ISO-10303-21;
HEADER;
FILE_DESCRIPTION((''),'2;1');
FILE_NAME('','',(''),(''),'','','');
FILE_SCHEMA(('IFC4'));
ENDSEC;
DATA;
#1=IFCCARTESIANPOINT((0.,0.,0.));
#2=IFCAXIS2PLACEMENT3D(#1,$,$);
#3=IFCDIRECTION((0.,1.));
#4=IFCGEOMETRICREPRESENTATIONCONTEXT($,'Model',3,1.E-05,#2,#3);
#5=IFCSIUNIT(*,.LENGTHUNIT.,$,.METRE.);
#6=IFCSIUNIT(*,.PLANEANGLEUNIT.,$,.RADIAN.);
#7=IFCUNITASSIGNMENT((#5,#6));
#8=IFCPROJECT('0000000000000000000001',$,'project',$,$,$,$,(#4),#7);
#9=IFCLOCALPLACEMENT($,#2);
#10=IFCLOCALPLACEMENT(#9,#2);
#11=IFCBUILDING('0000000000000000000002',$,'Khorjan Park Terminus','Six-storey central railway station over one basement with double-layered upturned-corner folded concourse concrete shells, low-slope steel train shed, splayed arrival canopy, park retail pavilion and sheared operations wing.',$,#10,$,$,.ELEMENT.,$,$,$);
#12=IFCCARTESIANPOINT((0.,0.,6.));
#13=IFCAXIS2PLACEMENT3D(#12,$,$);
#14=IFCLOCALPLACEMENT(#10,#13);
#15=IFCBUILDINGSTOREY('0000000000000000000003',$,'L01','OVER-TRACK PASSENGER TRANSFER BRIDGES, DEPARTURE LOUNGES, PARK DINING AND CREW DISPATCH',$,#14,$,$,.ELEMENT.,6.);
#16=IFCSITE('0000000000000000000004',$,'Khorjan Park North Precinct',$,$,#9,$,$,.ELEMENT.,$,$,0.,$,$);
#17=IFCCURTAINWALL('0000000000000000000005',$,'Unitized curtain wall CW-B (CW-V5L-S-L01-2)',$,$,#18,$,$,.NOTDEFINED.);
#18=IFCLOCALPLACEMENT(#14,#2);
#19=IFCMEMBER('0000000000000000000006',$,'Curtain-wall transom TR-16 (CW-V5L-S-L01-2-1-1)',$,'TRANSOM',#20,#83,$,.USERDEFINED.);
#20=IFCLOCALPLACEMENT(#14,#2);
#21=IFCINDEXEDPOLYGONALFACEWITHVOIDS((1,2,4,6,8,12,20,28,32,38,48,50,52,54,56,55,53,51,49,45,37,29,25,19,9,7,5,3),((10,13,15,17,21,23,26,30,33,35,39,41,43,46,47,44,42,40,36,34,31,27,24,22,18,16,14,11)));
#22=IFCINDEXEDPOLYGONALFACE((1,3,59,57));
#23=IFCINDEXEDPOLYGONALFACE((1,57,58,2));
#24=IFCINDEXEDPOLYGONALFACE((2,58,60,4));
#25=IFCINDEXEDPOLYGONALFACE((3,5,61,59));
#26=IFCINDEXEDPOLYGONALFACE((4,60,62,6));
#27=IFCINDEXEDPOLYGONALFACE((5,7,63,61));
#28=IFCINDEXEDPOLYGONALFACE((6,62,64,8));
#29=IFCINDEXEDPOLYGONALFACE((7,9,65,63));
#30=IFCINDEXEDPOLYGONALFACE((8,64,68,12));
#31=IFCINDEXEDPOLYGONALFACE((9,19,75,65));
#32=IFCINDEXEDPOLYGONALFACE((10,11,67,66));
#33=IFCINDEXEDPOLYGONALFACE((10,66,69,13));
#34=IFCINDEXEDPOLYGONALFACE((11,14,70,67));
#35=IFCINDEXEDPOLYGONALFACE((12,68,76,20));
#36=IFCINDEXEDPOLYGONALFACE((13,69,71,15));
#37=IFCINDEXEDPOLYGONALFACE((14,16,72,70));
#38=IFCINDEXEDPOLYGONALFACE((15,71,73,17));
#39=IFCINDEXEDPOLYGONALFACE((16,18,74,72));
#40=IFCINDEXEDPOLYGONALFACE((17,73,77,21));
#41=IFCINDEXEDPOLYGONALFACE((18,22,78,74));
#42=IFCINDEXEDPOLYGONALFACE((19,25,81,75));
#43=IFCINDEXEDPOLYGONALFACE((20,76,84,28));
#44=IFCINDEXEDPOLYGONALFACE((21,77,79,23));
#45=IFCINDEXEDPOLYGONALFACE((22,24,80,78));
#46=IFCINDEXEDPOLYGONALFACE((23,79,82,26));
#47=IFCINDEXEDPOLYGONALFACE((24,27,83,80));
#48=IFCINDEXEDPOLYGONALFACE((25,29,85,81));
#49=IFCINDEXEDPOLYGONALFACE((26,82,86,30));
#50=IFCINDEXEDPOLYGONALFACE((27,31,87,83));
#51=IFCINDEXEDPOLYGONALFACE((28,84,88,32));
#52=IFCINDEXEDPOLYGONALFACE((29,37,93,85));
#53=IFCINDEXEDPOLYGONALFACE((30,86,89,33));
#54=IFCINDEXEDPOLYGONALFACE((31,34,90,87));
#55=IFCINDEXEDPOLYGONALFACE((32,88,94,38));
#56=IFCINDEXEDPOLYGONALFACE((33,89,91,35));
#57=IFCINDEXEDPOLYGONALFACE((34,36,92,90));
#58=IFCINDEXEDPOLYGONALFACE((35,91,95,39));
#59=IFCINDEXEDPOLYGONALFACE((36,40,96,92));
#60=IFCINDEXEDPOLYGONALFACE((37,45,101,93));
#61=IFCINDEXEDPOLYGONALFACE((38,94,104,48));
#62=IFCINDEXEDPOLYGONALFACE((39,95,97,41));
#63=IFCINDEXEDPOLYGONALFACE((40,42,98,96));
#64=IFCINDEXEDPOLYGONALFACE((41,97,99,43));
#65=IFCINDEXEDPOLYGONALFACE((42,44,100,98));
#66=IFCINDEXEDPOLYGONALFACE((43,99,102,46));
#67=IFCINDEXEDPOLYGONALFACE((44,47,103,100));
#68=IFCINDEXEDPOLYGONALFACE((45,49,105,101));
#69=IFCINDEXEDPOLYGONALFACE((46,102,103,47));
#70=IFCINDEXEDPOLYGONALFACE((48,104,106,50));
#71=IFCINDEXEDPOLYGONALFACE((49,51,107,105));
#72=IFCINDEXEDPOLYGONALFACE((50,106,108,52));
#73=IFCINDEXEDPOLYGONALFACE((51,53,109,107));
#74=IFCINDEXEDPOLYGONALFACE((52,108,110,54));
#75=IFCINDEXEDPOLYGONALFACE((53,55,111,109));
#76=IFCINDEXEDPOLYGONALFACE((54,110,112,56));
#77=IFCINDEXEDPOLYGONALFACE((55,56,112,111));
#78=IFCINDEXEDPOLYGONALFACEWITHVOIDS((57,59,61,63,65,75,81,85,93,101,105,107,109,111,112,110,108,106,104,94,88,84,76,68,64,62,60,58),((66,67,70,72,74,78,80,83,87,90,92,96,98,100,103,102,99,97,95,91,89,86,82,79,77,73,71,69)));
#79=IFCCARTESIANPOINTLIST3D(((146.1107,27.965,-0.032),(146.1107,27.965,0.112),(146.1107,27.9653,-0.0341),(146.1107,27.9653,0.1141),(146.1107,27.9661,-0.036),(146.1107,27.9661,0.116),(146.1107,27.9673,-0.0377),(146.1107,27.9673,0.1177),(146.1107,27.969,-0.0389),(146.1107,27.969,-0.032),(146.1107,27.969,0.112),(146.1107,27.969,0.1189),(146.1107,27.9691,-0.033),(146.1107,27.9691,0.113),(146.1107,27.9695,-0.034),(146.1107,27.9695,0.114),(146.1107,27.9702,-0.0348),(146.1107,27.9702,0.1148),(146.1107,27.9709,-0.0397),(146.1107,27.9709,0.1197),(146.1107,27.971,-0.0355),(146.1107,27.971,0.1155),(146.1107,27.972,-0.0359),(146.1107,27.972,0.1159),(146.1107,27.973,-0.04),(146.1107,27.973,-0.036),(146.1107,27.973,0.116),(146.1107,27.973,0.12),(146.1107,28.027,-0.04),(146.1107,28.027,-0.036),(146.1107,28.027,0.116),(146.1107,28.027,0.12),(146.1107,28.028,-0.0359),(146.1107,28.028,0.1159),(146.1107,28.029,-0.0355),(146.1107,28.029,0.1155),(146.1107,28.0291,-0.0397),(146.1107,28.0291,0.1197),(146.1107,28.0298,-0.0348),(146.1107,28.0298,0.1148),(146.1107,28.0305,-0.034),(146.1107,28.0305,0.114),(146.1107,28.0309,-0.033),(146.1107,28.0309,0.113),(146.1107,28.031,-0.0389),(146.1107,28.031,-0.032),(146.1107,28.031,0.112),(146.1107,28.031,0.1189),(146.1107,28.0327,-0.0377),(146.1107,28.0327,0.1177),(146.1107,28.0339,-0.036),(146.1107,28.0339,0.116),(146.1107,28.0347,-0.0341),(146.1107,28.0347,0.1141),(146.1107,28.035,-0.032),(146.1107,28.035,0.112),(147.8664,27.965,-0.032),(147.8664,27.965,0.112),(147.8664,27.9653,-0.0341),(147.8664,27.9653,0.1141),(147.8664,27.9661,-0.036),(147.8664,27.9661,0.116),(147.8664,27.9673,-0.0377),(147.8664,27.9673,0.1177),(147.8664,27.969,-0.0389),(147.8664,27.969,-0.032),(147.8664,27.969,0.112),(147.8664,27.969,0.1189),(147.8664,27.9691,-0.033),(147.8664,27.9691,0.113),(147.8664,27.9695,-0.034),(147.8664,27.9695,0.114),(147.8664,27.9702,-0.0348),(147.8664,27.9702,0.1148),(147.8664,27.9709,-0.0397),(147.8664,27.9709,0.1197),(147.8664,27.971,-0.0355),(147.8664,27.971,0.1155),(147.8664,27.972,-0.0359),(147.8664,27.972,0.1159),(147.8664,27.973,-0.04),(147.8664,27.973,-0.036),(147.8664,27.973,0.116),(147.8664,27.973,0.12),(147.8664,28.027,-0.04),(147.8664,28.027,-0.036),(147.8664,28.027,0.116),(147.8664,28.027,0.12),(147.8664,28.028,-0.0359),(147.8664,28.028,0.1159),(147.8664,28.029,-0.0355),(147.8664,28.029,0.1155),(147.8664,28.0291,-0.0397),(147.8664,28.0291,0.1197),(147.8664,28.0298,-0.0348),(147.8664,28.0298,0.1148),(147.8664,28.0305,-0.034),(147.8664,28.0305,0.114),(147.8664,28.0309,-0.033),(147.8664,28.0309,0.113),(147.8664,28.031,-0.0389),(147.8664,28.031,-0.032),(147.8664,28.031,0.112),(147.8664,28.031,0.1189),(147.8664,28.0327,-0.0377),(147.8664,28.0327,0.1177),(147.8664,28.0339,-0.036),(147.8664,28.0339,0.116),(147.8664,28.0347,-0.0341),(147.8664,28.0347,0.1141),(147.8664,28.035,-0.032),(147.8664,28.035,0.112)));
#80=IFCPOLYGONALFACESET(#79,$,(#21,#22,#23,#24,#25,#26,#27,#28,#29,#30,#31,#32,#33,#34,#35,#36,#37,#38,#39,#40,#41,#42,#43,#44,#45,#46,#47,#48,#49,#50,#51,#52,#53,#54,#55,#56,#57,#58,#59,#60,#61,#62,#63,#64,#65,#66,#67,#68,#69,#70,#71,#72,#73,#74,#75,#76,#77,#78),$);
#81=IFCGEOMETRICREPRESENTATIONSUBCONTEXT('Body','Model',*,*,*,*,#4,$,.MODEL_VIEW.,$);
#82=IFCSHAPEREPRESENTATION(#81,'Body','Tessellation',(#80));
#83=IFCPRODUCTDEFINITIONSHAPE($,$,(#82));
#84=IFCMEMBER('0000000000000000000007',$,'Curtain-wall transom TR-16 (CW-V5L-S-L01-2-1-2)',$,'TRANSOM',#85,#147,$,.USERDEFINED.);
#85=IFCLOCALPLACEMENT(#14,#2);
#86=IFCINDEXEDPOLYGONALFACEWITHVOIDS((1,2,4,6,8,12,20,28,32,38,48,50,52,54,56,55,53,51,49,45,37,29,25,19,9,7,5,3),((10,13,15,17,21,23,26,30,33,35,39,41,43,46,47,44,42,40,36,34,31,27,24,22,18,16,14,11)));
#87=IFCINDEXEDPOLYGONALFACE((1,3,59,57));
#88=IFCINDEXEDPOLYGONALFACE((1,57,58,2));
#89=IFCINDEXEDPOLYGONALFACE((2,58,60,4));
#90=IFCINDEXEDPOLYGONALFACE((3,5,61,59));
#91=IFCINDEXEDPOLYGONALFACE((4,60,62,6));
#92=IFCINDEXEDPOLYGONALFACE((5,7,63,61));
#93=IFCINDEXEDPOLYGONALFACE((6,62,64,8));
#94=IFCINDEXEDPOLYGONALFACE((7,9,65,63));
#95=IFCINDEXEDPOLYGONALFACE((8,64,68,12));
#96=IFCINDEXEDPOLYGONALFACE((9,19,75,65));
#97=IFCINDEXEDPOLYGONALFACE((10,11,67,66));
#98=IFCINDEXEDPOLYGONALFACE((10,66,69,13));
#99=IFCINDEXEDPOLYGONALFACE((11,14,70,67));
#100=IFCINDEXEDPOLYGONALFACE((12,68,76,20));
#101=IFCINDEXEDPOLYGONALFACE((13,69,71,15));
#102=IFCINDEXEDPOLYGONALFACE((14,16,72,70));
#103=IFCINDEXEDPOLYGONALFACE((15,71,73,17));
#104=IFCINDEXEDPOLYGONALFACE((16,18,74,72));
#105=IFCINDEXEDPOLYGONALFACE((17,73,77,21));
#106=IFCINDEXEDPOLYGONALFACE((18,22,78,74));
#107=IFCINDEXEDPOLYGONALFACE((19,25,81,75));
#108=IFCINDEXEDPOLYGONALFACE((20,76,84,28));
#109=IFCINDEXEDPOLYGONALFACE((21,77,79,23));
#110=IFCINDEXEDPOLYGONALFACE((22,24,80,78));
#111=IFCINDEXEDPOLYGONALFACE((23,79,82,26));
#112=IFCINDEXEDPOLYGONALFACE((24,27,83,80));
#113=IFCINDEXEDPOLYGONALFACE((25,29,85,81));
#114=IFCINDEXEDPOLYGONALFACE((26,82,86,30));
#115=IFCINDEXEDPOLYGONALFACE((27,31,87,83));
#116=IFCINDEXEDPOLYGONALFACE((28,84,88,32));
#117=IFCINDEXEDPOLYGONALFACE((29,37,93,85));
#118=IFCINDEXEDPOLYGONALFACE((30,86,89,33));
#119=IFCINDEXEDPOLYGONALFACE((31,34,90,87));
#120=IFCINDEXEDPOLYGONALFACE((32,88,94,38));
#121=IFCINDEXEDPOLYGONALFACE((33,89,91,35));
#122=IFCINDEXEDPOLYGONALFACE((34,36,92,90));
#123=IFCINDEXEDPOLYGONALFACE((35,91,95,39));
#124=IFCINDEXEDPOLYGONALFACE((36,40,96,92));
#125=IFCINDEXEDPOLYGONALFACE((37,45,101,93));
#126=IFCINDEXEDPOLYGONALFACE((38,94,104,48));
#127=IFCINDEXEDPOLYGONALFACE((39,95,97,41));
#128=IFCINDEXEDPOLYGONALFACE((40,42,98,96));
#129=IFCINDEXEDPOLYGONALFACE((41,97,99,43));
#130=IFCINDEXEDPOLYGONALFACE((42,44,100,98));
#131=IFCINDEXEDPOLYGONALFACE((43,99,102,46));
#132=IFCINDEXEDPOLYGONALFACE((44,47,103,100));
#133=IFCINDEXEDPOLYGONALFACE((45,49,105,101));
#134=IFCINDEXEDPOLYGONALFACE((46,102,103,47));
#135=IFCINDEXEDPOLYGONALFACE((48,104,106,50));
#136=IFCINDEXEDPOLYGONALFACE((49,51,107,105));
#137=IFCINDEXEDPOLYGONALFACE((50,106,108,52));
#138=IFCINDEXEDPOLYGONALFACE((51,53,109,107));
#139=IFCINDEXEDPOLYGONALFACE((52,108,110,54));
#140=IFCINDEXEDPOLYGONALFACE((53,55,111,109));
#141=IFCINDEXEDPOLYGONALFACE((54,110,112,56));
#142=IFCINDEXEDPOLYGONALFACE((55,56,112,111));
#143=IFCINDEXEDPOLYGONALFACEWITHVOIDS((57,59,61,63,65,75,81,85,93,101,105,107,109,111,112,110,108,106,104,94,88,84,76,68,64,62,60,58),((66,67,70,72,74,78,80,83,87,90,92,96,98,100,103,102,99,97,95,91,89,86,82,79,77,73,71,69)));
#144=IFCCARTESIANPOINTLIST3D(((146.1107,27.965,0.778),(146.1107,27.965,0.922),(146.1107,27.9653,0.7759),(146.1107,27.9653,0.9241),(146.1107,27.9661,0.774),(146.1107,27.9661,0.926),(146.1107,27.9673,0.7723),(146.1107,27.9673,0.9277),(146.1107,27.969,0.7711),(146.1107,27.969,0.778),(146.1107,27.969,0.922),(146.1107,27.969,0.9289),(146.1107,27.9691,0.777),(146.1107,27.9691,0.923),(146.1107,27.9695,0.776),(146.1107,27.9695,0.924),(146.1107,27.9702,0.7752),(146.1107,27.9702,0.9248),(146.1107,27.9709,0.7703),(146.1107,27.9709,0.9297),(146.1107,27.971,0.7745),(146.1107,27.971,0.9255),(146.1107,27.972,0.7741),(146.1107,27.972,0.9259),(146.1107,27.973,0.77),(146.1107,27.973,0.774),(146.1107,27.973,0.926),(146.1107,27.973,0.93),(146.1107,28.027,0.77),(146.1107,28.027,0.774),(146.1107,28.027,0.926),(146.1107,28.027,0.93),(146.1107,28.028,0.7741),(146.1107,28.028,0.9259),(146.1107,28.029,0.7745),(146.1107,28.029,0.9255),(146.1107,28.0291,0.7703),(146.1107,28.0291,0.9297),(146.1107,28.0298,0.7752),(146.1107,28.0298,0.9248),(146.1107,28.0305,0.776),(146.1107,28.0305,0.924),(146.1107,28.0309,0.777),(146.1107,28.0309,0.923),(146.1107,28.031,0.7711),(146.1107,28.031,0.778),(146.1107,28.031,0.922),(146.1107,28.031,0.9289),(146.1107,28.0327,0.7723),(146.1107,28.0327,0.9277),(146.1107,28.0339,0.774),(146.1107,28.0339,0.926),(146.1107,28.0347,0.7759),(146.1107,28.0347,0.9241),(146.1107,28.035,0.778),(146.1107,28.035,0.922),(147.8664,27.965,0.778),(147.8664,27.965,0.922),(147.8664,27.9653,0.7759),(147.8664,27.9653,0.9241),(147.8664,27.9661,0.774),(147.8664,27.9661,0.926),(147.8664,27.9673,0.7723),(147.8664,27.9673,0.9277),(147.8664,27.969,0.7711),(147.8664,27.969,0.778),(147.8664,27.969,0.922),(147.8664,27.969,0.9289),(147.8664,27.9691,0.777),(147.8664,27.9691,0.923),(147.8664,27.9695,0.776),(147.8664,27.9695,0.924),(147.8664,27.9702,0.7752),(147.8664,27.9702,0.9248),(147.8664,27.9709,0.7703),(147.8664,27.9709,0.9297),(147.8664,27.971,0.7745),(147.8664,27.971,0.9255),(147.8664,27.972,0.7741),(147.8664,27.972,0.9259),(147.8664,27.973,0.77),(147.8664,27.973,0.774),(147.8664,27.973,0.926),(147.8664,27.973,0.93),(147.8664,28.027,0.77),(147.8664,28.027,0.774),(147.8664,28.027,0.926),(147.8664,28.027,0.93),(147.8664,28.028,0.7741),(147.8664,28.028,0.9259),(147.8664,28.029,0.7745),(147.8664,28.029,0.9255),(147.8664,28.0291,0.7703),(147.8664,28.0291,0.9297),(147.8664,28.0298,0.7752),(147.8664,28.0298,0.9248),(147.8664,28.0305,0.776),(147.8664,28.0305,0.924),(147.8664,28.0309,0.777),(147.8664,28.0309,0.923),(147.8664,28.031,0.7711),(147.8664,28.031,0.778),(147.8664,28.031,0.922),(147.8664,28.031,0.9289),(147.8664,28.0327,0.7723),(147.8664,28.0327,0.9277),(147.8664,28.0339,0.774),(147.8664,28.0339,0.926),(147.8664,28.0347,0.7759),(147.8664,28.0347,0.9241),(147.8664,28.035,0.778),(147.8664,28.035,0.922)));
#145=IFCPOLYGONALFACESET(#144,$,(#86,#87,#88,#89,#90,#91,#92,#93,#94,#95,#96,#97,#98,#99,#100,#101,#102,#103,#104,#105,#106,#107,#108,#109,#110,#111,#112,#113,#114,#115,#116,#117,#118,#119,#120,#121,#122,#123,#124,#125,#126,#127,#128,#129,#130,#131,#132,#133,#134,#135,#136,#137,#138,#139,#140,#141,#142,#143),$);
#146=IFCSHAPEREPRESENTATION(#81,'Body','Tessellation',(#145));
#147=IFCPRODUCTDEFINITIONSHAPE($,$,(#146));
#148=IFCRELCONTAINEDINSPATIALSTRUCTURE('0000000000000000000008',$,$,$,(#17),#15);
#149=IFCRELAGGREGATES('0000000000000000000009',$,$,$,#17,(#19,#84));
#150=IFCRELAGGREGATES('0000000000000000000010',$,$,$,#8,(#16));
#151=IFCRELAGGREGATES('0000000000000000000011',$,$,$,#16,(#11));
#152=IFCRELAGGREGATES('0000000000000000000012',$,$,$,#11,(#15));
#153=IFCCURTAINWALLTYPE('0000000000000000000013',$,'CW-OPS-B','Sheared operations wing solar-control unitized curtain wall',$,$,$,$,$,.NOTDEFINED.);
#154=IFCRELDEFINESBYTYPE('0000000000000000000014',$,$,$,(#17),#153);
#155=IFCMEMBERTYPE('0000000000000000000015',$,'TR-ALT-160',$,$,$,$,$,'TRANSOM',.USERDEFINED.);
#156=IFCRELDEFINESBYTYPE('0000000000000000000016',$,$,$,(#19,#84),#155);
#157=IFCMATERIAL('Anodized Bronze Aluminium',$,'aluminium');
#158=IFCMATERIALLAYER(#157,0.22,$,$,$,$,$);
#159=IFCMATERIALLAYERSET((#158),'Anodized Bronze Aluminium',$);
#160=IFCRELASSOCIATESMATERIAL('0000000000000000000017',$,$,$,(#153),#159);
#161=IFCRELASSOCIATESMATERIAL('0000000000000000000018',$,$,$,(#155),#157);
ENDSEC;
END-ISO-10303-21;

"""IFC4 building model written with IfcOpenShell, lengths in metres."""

from ifc_helpers import new_model, si_unit, direction, frame, origin, origin_2d, place, context, subcontext, project, spatial, hollow_rectangle, extrude, material, layer, layer_set, material_profile, profile_set, type_object, element, aggregate, save


model = new_model("IFC4")

# Units and contexts
model_context = context("Model", 3, precision=1e-05, world=origin(), true_north=direction((0.0, 1.0)))
body_context = subcontext(model_context, "Body", "Model", "MODEL_VIEW")
ifc_project = project(units=[si_unit("LENGTHUNIT", "METRE"), si_unit("PLANEANGLEUNIT", "RADIAN")], contexts=[model_context])

# Site, building, storey
site_placement = place(None, origin())
site = spatial("IfcSite", under=ifc_project, at=site_placement, Name="Khorjan Park North Precinct", CompositionType="ELEMENT", RefElevation=0.0)
building_placement = place(site_placement, origin())
building = spatial("IfcBuilding", under=site, at=building_placement, Name="Khorjan Park Terminus", Description="Six-storey central railway station over one basement with double-layered upturned-corner folded concourse concrete shells, low-slope steel train shed, splayed arrival canopy, park retail pavilion and sheared operations wing.", CompositionType="ELEMENT")
storey_placement = place(building_placement, frame((0.0, 0.0, 6.0)))
storey = spatial("IfcBuildingStorey", under=building, at=storey_placement, Name="L01", Description="OVER-TRACK PASSENGER TRANSFER BRIDGES, DEPARTURE LOUNGES, PARK DINING AND CREW DISPATCH", CompositionType="ELEMENT", Elevation=6.0)

# Curtain wall
ifc_material_1 = material(Name="Anodized Bronze Aluminium", Category="aluminium")
ifc_layer_1 = layer(ifc_material_1, 0.22)
ifc_layer_set_1 = layer_set([ifc_layer_1], Name="Anodized Bronze Aluminium")
curtain_wall_type = type_object("IfcCurtainWallType", Name="CW-OPS-B", Description="Sheared operations wing solar-control unitized curtain wall", PredefinedType="NOTDEFINED", material=ifc_layer_set_1)
curtain_wall_1_placement = place(storey_placement, origin())
curtain_wall_1 = element("IfcCurtainWall", 1, at=curtain_wall_1_placement, inside=storey, type_object=curtain_wall_type, Name="Unitized curtain wall CW-B (CW-V5L-S-L01-2)", PredefinedType="NOTDEFINED")

# Members
ifc_material_profile_1 = material_profile(ifc_material_1, hollow_rectangle(XDim=0.07, YDim=0.16, WallThickness=0.004, InnerFilletRadius=0.004, OuterFilletRadius=0.008, at=origin_2d()), Name="ALT 70x160x4")
ifc_profile_set_1 = profile_set([ifc_material_profile_1], Name="Anodized Bronze Aluminium")
member_type_1 = type_object("IfcMemberType", Name="TR-ALT-160", ElementType="TRANSOM", PredefinedType="USERDEFINED", material=ifc_profile_set_1)
member_1_placement = place(storey_placement, frame((146.1107, 28.0, 0.04), z_axis=(1.0, 0.0, 0.0), x_axis=(0.0, 1.0, 0.0)))
member_1 = element("IfcMember", 2, at=member_1_placement, type_object=member_type_1, Name="Curtain-wall transom TR-16 (CW-V5L-S-L01-2-1-1)", ObjectType="TRANSOM", PredefinedType="USERDEFINED", context=body_context, shape_type="SweptSolid", body=[
    extrude(hollow_rectangle(XDim=0.07, YDim=0.16, WallThickness=0.004, InnerFilletRadius=0.004, OuterFilletRadius=0.008, at=origin_2d()), origin(), (0.0, 0.0, 1.0), 1.7557),
])
member_2_placement = place(storey_placement, frame((146.1107, 28.0, 0.85), z_axis=(1.0, 0.0, 0.0), x_axis=(0.0, 1.0, 0.0)))
member_2 = element("IfcMember", 3, at=member_2_placement, type_object=member_type_1, Name="Curtain-wall transom TR-16 (CW-V5L-S-L01-2-1-2)", ObjectType="TRANSOM", PredefinedType="USERDEFINED", context=body_context, shape_type="SweptSolid", body=[
    extrude(hollow_rectangle(XDim=0.07, YDim=0.16, WallThickness=0.004, InnerFilletRadius=0.004, OuterFilletRadius=0.008, at=origin_2d()), origin(), (0.0, 0.0, 1.0), 1.7557),
])

aggregate(curtain_wall_1, [member_1, member_2])

save(model, "model.ifc")
